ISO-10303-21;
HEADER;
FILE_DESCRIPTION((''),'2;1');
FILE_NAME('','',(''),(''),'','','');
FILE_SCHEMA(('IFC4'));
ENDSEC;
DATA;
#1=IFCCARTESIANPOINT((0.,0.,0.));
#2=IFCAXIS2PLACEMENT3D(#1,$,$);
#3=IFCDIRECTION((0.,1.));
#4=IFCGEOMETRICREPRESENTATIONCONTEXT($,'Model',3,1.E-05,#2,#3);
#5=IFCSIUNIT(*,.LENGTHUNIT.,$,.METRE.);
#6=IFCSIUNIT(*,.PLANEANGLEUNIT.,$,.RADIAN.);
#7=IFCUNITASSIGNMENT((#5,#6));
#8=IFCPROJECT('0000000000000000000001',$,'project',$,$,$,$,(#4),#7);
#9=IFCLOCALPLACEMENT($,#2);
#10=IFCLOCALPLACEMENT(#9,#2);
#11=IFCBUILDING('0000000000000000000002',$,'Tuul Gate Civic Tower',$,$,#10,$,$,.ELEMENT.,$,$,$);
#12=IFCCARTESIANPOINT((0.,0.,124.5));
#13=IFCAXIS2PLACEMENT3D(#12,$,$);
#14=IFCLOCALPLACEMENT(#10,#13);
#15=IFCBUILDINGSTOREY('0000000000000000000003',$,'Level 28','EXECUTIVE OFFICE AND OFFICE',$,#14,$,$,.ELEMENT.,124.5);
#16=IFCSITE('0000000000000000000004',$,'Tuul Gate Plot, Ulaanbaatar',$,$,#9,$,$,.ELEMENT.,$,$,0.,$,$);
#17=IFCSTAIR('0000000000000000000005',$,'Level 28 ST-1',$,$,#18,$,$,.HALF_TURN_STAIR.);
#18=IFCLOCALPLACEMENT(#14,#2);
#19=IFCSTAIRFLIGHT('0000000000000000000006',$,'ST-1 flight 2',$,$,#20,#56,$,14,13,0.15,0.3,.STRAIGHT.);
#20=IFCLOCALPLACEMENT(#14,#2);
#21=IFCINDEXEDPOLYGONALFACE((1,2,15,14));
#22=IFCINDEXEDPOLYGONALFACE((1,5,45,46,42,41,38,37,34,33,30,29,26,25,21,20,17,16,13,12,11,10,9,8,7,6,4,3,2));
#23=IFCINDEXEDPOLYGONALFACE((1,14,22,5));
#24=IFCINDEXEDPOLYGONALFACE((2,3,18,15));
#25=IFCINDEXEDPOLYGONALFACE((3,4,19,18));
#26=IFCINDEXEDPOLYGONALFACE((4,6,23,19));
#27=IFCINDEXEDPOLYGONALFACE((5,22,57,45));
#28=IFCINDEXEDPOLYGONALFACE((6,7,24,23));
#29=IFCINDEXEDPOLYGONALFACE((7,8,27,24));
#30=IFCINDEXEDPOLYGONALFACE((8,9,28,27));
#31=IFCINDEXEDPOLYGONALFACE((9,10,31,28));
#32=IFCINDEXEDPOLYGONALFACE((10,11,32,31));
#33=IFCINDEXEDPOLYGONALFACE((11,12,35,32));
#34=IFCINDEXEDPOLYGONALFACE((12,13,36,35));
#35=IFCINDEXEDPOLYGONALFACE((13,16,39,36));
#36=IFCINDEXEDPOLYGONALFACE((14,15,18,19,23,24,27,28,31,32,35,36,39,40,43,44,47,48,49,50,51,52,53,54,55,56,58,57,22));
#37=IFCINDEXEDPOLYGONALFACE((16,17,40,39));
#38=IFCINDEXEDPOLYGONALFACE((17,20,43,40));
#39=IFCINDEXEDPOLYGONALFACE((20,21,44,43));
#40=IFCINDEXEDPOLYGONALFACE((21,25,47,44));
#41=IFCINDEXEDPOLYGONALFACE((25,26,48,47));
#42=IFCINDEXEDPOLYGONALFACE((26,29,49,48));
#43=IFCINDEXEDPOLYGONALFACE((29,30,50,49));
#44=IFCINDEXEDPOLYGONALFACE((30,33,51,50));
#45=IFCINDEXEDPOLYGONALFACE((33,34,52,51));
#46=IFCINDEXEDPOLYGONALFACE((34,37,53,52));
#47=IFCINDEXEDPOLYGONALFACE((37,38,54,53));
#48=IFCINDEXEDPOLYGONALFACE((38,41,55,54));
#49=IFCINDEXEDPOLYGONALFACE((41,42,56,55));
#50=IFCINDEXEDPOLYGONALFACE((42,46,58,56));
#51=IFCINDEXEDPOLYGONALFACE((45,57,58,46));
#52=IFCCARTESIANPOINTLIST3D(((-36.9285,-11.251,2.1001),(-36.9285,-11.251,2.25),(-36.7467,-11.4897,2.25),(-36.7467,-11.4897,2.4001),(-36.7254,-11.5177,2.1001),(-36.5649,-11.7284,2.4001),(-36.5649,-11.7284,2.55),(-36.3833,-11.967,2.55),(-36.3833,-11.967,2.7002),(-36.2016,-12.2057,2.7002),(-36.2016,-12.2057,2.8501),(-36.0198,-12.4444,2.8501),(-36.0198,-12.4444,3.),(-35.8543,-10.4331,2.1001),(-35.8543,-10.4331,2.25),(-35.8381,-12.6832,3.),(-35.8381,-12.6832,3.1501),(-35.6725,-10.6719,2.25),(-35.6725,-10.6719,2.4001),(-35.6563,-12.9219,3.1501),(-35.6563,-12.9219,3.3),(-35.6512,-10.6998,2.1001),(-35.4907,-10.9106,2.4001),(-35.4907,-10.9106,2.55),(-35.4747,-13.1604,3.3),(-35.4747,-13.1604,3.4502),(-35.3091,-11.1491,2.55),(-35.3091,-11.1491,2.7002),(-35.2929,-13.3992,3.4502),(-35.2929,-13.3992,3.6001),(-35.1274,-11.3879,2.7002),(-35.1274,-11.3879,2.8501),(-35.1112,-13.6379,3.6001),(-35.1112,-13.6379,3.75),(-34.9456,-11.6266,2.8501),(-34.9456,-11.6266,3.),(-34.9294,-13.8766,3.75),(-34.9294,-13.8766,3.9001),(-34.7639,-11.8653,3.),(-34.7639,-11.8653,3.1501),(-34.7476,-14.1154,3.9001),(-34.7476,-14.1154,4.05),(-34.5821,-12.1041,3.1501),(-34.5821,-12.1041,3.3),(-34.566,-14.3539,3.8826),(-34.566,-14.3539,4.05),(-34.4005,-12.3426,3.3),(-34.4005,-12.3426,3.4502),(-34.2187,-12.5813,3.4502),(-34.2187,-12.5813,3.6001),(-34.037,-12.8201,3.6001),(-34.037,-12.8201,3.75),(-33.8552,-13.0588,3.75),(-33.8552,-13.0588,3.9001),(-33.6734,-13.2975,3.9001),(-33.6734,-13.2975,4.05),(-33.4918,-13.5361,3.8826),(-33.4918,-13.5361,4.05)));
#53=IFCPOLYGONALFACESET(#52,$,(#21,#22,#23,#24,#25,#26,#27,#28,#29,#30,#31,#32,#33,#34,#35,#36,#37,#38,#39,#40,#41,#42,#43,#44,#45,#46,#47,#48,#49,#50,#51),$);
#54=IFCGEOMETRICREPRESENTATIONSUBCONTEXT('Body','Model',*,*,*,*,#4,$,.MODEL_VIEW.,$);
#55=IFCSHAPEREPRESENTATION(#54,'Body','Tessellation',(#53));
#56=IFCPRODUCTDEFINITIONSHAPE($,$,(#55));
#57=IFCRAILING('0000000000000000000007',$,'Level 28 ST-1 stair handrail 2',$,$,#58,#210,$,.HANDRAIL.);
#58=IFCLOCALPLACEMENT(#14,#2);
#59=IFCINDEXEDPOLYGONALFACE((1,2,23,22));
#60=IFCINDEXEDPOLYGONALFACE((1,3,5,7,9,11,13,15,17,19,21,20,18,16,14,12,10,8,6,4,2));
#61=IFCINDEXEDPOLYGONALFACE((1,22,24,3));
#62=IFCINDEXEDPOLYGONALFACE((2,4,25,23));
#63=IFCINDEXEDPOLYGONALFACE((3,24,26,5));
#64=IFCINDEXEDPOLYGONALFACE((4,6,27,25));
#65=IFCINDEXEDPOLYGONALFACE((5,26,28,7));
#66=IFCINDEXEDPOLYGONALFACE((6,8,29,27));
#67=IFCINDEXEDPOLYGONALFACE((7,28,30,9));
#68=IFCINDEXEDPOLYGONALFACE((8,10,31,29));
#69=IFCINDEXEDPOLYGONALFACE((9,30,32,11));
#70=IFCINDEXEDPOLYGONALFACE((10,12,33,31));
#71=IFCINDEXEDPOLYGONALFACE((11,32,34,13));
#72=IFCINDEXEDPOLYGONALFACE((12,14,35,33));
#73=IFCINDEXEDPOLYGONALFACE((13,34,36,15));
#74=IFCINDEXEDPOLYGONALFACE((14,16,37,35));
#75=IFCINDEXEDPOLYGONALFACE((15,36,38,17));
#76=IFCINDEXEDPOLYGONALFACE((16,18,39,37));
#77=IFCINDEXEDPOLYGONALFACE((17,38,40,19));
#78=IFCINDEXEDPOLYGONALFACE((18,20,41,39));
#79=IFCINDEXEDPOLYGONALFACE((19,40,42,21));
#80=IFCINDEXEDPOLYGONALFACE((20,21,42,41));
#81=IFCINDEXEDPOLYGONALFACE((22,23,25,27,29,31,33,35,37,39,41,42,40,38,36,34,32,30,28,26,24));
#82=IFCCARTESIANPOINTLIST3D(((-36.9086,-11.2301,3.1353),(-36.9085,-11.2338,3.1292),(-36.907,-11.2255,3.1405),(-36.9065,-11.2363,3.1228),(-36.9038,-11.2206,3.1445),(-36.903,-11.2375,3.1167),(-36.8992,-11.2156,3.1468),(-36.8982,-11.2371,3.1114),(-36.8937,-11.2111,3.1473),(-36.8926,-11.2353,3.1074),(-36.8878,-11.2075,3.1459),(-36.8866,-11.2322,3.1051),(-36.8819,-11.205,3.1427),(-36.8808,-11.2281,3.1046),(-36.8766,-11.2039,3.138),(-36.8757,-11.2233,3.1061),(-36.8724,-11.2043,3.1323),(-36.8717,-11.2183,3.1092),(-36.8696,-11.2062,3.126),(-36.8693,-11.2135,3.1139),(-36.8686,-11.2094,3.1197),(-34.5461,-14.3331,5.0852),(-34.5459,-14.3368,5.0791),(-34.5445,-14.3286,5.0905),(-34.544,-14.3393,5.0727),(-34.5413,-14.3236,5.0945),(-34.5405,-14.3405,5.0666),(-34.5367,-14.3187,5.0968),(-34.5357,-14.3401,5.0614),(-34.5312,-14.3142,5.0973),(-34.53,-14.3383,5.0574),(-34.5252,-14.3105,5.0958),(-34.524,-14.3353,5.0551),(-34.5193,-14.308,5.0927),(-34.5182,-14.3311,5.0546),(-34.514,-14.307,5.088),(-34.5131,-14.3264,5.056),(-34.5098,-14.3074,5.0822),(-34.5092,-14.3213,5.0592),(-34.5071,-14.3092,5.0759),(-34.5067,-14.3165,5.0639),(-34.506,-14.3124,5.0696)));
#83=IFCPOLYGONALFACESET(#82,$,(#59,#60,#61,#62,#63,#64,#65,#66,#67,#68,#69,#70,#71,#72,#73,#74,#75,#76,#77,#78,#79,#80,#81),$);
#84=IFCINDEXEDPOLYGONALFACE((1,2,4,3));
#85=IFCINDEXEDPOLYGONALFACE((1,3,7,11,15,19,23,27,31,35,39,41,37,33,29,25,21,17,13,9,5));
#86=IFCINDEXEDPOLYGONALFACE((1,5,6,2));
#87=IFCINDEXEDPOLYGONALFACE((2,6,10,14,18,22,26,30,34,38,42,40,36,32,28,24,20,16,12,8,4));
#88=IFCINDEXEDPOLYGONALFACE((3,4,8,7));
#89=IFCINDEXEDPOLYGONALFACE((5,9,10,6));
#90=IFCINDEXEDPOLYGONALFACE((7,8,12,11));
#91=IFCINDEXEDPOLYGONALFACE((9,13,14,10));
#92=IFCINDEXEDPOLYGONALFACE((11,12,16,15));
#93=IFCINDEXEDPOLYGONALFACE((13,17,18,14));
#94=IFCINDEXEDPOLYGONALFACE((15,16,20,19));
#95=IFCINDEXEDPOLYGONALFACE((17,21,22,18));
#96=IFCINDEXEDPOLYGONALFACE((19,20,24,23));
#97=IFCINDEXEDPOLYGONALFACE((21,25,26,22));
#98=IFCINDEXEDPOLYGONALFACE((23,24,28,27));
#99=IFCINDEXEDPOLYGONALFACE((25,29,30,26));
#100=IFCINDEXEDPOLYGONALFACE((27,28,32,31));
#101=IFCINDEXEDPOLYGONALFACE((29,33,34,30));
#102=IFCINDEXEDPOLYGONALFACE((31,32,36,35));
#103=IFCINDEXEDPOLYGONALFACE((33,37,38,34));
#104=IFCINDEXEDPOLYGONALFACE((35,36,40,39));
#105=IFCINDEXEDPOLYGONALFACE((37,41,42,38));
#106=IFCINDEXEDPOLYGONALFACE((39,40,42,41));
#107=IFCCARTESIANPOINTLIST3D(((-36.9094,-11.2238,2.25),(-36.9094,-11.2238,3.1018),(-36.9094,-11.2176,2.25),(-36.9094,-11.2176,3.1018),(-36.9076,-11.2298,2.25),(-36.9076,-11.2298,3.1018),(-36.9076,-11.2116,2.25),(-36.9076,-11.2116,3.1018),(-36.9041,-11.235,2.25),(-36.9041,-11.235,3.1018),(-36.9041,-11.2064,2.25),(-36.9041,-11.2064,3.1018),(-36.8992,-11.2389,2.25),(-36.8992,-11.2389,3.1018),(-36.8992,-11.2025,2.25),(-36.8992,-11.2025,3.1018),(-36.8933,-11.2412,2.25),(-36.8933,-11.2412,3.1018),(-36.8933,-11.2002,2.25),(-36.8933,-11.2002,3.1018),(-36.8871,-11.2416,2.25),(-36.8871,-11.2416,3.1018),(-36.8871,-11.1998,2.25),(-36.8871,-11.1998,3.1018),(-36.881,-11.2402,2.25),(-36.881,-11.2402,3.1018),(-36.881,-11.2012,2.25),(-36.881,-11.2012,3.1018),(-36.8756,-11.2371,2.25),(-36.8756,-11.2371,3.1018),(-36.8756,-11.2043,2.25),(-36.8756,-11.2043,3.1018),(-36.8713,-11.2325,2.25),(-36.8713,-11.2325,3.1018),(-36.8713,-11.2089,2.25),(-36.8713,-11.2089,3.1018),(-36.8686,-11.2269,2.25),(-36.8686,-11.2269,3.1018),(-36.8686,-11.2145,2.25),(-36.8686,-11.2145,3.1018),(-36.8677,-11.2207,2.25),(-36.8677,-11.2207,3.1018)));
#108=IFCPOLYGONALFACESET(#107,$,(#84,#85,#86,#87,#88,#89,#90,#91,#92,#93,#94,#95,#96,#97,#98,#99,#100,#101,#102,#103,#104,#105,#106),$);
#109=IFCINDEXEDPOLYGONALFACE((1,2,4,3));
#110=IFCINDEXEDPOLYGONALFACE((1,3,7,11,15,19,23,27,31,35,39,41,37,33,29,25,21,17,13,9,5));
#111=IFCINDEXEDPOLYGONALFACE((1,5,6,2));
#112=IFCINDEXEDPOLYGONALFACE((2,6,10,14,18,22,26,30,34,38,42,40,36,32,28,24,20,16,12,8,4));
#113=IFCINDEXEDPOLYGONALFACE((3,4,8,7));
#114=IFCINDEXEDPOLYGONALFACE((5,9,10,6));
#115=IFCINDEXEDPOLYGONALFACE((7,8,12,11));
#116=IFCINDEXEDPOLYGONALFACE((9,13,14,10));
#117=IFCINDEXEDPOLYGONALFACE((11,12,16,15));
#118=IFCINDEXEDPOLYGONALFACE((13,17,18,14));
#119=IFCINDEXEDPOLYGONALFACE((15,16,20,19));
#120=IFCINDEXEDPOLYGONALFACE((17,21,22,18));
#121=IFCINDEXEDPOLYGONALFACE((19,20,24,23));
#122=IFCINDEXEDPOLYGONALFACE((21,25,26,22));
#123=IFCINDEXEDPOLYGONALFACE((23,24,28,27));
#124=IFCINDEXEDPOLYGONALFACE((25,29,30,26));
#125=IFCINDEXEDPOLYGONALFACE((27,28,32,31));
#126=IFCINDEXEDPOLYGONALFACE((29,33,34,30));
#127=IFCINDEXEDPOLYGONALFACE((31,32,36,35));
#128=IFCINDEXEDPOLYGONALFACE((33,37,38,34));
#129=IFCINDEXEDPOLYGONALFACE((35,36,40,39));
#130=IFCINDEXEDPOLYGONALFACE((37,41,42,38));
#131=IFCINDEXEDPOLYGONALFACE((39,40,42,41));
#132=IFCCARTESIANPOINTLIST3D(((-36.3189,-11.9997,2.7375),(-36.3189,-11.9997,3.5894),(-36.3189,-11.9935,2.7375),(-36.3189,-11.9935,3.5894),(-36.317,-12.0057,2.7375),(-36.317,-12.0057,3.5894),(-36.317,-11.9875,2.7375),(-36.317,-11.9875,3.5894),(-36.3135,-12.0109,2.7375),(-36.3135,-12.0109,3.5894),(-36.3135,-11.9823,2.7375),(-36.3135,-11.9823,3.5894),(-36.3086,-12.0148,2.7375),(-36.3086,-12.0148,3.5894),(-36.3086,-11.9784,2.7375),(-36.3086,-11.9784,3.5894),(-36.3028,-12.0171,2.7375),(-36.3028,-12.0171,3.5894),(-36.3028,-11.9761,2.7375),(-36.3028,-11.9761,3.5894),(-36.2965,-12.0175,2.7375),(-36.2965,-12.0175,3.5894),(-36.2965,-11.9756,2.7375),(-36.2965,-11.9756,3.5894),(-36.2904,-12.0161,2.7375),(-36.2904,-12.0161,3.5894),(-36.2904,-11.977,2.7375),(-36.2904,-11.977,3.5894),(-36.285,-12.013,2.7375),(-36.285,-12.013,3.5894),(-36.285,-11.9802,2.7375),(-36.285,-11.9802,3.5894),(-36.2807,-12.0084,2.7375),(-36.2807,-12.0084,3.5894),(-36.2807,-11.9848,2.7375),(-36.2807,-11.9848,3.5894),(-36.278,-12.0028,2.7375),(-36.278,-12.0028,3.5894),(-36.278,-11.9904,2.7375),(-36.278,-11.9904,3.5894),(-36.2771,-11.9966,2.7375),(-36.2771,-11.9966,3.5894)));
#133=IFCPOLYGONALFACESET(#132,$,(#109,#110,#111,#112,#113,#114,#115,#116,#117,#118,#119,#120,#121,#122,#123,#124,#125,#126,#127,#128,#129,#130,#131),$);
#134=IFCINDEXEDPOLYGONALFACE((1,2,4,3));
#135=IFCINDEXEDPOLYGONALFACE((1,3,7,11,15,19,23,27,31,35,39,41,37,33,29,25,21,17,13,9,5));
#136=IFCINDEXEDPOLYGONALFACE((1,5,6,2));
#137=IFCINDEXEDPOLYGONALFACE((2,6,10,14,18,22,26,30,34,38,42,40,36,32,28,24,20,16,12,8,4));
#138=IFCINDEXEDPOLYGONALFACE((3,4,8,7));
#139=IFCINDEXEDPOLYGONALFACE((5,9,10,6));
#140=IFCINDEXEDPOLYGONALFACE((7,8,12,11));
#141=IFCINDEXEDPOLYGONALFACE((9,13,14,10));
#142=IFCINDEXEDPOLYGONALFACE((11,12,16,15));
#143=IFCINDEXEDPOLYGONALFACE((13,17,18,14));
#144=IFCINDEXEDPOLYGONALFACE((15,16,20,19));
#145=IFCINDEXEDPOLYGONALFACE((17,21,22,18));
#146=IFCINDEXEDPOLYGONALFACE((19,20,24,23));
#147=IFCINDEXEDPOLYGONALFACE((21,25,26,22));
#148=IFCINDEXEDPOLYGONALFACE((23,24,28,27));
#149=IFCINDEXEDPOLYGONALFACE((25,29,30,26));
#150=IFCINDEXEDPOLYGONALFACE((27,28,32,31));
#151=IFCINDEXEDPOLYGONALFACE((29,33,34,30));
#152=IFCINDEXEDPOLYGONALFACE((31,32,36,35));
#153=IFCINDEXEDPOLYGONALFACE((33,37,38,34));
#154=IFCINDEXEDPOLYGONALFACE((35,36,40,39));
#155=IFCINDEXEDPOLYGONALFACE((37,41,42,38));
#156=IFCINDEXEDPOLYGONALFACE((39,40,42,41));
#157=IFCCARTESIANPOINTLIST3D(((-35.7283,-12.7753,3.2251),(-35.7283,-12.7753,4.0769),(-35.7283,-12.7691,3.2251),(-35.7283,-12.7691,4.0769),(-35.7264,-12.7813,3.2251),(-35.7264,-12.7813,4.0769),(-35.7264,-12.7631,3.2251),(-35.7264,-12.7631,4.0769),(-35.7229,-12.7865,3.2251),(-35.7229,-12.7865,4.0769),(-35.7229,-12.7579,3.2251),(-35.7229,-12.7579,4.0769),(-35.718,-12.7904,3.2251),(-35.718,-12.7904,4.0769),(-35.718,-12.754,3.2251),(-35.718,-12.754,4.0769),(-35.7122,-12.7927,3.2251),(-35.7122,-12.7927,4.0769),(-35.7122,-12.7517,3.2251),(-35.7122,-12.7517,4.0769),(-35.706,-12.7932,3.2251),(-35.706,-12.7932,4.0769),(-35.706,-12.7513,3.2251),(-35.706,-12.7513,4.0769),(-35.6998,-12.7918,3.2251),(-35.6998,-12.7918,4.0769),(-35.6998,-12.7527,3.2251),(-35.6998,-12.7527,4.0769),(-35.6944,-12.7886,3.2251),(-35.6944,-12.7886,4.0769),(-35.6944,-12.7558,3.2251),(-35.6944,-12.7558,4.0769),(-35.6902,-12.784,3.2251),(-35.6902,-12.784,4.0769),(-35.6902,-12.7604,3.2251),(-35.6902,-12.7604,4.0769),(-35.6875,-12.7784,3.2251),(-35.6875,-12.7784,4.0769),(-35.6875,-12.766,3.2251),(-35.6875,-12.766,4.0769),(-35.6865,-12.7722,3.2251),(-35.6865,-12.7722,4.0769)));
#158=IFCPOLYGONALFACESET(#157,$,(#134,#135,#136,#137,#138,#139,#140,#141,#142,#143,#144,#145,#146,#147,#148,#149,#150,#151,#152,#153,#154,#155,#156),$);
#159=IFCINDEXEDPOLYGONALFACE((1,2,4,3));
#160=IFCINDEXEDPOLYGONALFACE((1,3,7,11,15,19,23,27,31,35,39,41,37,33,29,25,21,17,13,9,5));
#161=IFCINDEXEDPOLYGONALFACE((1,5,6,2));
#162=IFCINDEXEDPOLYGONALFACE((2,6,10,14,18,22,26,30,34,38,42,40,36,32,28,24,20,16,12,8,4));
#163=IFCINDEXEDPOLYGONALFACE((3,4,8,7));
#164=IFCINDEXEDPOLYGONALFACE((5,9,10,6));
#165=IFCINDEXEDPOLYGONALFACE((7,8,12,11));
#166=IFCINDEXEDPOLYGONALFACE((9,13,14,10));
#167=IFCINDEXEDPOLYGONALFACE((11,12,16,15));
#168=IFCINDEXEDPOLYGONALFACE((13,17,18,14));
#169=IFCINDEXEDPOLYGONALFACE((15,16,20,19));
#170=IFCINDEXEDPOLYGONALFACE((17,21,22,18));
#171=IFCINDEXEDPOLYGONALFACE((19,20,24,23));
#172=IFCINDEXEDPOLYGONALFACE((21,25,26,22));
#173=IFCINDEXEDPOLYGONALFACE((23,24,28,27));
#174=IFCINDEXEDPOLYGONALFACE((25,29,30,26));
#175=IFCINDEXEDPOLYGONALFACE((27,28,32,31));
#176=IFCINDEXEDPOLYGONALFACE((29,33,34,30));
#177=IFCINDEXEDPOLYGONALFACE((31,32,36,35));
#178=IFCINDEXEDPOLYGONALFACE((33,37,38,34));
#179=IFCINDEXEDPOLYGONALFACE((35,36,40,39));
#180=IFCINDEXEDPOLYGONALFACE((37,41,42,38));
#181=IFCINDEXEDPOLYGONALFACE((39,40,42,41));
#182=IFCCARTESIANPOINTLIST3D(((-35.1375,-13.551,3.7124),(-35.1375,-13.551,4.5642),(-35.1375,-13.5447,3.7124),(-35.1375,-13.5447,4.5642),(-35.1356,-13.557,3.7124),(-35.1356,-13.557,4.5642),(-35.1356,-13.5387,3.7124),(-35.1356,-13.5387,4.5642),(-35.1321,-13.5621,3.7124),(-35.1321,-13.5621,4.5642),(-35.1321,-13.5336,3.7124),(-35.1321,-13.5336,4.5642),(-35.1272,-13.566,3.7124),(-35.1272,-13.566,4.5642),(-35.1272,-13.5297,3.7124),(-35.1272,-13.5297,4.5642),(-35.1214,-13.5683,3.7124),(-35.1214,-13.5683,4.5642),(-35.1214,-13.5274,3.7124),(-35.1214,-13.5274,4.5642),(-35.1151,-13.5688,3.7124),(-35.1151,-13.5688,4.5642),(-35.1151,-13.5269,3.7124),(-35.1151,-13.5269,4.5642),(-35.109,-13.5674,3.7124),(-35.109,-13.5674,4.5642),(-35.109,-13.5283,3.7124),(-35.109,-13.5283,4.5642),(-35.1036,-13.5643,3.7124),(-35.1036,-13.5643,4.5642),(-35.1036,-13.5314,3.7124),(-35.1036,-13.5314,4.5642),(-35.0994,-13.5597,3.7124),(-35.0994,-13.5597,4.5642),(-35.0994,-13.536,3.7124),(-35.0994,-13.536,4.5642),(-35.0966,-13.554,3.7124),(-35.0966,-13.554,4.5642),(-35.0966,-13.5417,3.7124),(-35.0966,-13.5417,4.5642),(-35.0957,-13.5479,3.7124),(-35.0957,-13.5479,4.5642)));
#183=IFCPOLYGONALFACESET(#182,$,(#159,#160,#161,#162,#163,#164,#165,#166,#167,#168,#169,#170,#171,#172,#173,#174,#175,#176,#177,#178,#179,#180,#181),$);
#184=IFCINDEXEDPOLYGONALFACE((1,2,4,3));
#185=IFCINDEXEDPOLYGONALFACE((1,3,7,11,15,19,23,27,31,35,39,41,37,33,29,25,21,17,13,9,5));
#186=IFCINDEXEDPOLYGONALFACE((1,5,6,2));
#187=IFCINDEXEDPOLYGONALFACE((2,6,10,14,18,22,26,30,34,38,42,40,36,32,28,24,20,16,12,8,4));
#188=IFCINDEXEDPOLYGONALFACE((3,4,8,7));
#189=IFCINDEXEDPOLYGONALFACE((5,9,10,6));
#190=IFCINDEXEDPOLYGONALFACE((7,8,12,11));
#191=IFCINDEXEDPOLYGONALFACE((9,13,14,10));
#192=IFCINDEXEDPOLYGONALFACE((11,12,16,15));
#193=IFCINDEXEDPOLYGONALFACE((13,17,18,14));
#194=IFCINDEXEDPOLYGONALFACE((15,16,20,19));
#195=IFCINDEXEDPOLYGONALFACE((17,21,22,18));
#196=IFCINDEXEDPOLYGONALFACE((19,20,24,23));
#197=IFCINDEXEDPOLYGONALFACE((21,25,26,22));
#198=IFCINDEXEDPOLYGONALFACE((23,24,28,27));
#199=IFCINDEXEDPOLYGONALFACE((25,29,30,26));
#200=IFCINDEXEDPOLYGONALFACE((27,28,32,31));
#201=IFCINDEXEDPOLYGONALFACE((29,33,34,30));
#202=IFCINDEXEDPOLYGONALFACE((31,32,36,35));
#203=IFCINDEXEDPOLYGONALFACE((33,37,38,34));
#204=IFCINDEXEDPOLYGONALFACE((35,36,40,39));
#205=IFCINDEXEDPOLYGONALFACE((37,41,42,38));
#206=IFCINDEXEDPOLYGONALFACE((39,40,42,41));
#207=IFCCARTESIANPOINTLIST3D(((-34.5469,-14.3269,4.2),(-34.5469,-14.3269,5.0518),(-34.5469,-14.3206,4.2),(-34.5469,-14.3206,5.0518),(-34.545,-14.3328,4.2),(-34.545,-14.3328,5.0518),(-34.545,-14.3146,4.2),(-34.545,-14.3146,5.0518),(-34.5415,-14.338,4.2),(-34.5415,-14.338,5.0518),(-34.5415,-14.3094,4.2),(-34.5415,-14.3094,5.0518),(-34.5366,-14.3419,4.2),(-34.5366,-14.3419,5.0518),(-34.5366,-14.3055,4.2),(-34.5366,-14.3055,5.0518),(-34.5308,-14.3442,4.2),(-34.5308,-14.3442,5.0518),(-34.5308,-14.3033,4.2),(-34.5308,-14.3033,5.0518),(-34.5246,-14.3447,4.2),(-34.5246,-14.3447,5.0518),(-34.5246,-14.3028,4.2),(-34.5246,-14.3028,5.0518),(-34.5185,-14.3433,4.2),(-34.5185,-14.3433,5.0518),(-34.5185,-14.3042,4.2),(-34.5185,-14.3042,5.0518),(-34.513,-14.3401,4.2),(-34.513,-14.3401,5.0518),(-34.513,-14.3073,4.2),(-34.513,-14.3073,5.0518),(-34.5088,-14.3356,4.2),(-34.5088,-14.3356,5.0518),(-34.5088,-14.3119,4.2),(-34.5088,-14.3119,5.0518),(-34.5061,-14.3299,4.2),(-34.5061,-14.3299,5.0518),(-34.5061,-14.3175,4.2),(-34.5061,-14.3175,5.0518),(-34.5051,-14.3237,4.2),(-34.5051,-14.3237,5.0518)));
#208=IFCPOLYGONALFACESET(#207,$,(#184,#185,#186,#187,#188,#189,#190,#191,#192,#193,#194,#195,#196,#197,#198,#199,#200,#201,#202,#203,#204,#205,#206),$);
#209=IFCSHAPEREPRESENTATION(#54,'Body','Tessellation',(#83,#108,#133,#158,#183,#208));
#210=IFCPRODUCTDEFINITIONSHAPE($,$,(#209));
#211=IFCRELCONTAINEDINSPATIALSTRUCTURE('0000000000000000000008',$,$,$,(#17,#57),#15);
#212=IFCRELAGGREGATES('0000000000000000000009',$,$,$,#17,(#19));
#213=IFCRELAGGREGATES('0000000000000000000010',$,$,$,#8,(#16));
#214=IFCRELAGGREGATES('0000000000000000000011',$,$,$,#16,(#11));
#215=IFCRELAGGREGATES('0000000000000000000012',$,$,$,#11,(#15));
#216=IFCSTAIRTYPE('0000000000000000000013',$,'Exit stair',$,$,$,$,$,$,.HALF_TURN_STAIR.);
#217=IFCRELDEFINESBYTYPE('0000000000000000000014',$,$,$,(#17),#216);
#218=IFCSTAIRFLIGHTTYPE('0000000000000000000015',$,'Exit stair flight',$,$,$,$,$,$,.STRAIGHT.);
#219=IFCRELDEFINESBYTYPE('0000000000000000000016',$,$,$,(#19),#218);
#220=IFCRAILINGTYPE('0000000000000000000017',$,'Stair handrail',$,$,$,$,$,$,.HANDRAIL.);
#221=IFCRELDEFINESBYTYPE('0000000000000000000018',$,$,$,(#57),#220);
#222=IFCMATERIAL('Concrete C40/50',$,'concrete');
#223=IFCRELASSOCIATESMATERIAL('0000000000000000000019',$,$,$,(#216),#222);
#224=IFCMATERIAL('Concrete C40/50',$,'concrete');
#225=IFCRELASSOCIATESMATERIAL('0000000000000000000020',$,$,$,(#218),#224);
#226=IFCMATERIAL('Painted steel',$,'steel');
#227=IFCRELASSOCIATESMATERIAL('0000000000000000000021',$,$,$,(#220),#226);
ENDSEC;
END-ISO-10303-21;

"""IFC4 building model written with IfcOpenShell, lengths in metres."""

from ifc_helpers import new_model, si_unit, direction, frame, origin, origin_2d, place, context, subcontext, project, spatial, polyline, circle, outline, extrude, material, type_object, element, aggregate, save


model = new_model("IFC4")

# Units and contexts
model_context = context("Model", 3, precision=1e-05, world=origin(), true_north=direction((0.0, 1.0)))
body_context = subcontext(model_context, "Body", "Model", "MODEL_VIEW")
ifc_project = project(units=[si_unit("LENGTHUNIT", "METRE"), si_unit("PLANEANGLEUNIT", "RADIAN")], contexts=[model_context])

# Site, building, storey
site_placement = place(None, origin())
site = spatial("IfcSite", under=ifc_project, at=site_placement, Name="Tuul Gate Plot, Ulaanbaatar", CompositionType="ELEMENT", RefElevation=0.0)
building_placement = place(site_placement, origin())
building = spatial("IfcBuilding", under=site, at=building_placement, Name="Tuul Gate Civic Tower", CompositionType="ELEMENT")
storey_placement = place(building_placement, frame((0.0, 0.0, 124.5)))
storey = spatial("IfcBuildingStorey", under=building, at=storey_placement, Name="Level 28", Description="EXECUTIVE OFFICE AND OFFICE", CompositionType="ELEMENT", Elevation=124.5)

# Stair, stair flight
ifc_material_1 = material(Name="Concrete C40/50", Category="concrete")
stair_type = type_object("IfcStairType", Name="Exit stair", PredefinedType="HALF_TURN_STAIR", material=ifc_material_1)
stair_placement = place(storey_placement, origin())
stair = element("IfcStair", 1, at=stair_placement, inside=storey, type_object=stair_type, Name="Level 28 ST-1", PredefinedType="HALF_TURN_STAIR")
ifc_material_2 = material(Name="Concrete C40/50", Category="concrete")
stair_flight_type = type_object("IfcStairFlightType", Name="Exit stair flight", PredefinedType="STRAIGHT", material=ifc_material_2)
stair_flight_1_placement = place(storey_placement, frame((-36.3914, -10.842, 2.1001), z_axis=(0.0, 0.0, 1.0), x_axis=(0.605764, -0.795644, 0.0)))
stair_flight_1 = element("IfcStairFlight", 2, at=stair_flight_1_placement, type_object=stair_flight_type, Name="ST-1 flight 2", NumberOfRisers=14, NumberOfTreads=13, PredefinedType="STRAIGHT", RiserHeight=0.15, TreadLength=0.3, context=body_context, shape_type="SweptSolid", body=[
    extrude(outline(polyline([(0.0, 0.0), (0.0, 0.1499), (0.3, 0.1499), (0.3, 0.3), (0.6001, 0.3), (0.6001, 0.45), (0.8999, 0.45), (0.8999, 0.6001), (1.2, 0.6001), (1.2, 0.75), (1.5, 0.75), (1.5, 0.8999), (1.8, 0.8999), (1.8, 1.05), (2.1001, 1.05), (2.1001, 1.2), (2.3999, 1.2), (2.3999, 1.3501), (2.7, 1.3501), (2.7, 1.5), (3.0, 1.5), (3.0, 1.6499), (3.3, 1.6499), (3.3, 1.8), (3.6001, 1.8), (3.6001, 1.95), (3.8999, 1.95), (3.8999, 2.1001), (3.8999, 1.7825), (0.3352, 0.0), (0.0, 0.0)])), frame((0.0, 0.675, 0.0), z_axis=(0.0, -1.0, 0.0), x_axis=(1.0, 0.0, 0.0)), (0.0, 0.0, 1.0), 1.3501),
])
aggregate(stair, [stair_flight_1])

# Railing
ifc_material_3 = material(Name="Painted steel", Category="steel")
railing_type_1 = type_object("IfcRailingType", Name="Stair handrail", PredefinedType="HANDRAIL", material=ifc_material_3)
railing_1_placement = place(storey_placement, frame((-36.8887, -11.2207, 2.25)))
element("IfcRailing", 3, at=railing_1_placement, inside=storey, type_object=railing_type_1, Name="Level 28 ST-1 stair handrail 2", PredefinedType="HANDRAIL", context=body_context, shape_type="SweptSolid", body=[
    extrude(circle(Radius=0.0239, at=origin_2d()), frame((0.0, 0.0, 0.876), z_axis=(0.541824, -0.711645, 0.4472), x_axis=(0.795637, 0.605773, 0.0)), (0.0, 0.0, 1.0), 4.3604),
    extrude(circle(Radius=0.021, at=origin_2d()), origin(), (0.0, 0.0, 1.0), 0.8518),
    extrude(circle(Radius=0.021, at=origin_2d()), frame((0.5906, -0.7759, 0.4875)), (0.0, 0.0, 1.0), 0.8518),
    extrude(circle(Radius=0.021, at=origin_2d()), frame((1.1812, -1.5515, 0.9751)), (0.0, 0.0, 1.0), 0.8518),
    extrude(circle(Radius=0.021, at=origin_2d()), frame((1.772, -2.3271, 1.4624)), (0.0, 0.0, 1.0), 0.8518),
    extrude(circle(Radius=0.021, at=origin_2d()), frame((2.3625, -3.103, 1.95)), (0.0, 0.0, 1.0), 0.8518),
])

save(model, "model.ifc")
